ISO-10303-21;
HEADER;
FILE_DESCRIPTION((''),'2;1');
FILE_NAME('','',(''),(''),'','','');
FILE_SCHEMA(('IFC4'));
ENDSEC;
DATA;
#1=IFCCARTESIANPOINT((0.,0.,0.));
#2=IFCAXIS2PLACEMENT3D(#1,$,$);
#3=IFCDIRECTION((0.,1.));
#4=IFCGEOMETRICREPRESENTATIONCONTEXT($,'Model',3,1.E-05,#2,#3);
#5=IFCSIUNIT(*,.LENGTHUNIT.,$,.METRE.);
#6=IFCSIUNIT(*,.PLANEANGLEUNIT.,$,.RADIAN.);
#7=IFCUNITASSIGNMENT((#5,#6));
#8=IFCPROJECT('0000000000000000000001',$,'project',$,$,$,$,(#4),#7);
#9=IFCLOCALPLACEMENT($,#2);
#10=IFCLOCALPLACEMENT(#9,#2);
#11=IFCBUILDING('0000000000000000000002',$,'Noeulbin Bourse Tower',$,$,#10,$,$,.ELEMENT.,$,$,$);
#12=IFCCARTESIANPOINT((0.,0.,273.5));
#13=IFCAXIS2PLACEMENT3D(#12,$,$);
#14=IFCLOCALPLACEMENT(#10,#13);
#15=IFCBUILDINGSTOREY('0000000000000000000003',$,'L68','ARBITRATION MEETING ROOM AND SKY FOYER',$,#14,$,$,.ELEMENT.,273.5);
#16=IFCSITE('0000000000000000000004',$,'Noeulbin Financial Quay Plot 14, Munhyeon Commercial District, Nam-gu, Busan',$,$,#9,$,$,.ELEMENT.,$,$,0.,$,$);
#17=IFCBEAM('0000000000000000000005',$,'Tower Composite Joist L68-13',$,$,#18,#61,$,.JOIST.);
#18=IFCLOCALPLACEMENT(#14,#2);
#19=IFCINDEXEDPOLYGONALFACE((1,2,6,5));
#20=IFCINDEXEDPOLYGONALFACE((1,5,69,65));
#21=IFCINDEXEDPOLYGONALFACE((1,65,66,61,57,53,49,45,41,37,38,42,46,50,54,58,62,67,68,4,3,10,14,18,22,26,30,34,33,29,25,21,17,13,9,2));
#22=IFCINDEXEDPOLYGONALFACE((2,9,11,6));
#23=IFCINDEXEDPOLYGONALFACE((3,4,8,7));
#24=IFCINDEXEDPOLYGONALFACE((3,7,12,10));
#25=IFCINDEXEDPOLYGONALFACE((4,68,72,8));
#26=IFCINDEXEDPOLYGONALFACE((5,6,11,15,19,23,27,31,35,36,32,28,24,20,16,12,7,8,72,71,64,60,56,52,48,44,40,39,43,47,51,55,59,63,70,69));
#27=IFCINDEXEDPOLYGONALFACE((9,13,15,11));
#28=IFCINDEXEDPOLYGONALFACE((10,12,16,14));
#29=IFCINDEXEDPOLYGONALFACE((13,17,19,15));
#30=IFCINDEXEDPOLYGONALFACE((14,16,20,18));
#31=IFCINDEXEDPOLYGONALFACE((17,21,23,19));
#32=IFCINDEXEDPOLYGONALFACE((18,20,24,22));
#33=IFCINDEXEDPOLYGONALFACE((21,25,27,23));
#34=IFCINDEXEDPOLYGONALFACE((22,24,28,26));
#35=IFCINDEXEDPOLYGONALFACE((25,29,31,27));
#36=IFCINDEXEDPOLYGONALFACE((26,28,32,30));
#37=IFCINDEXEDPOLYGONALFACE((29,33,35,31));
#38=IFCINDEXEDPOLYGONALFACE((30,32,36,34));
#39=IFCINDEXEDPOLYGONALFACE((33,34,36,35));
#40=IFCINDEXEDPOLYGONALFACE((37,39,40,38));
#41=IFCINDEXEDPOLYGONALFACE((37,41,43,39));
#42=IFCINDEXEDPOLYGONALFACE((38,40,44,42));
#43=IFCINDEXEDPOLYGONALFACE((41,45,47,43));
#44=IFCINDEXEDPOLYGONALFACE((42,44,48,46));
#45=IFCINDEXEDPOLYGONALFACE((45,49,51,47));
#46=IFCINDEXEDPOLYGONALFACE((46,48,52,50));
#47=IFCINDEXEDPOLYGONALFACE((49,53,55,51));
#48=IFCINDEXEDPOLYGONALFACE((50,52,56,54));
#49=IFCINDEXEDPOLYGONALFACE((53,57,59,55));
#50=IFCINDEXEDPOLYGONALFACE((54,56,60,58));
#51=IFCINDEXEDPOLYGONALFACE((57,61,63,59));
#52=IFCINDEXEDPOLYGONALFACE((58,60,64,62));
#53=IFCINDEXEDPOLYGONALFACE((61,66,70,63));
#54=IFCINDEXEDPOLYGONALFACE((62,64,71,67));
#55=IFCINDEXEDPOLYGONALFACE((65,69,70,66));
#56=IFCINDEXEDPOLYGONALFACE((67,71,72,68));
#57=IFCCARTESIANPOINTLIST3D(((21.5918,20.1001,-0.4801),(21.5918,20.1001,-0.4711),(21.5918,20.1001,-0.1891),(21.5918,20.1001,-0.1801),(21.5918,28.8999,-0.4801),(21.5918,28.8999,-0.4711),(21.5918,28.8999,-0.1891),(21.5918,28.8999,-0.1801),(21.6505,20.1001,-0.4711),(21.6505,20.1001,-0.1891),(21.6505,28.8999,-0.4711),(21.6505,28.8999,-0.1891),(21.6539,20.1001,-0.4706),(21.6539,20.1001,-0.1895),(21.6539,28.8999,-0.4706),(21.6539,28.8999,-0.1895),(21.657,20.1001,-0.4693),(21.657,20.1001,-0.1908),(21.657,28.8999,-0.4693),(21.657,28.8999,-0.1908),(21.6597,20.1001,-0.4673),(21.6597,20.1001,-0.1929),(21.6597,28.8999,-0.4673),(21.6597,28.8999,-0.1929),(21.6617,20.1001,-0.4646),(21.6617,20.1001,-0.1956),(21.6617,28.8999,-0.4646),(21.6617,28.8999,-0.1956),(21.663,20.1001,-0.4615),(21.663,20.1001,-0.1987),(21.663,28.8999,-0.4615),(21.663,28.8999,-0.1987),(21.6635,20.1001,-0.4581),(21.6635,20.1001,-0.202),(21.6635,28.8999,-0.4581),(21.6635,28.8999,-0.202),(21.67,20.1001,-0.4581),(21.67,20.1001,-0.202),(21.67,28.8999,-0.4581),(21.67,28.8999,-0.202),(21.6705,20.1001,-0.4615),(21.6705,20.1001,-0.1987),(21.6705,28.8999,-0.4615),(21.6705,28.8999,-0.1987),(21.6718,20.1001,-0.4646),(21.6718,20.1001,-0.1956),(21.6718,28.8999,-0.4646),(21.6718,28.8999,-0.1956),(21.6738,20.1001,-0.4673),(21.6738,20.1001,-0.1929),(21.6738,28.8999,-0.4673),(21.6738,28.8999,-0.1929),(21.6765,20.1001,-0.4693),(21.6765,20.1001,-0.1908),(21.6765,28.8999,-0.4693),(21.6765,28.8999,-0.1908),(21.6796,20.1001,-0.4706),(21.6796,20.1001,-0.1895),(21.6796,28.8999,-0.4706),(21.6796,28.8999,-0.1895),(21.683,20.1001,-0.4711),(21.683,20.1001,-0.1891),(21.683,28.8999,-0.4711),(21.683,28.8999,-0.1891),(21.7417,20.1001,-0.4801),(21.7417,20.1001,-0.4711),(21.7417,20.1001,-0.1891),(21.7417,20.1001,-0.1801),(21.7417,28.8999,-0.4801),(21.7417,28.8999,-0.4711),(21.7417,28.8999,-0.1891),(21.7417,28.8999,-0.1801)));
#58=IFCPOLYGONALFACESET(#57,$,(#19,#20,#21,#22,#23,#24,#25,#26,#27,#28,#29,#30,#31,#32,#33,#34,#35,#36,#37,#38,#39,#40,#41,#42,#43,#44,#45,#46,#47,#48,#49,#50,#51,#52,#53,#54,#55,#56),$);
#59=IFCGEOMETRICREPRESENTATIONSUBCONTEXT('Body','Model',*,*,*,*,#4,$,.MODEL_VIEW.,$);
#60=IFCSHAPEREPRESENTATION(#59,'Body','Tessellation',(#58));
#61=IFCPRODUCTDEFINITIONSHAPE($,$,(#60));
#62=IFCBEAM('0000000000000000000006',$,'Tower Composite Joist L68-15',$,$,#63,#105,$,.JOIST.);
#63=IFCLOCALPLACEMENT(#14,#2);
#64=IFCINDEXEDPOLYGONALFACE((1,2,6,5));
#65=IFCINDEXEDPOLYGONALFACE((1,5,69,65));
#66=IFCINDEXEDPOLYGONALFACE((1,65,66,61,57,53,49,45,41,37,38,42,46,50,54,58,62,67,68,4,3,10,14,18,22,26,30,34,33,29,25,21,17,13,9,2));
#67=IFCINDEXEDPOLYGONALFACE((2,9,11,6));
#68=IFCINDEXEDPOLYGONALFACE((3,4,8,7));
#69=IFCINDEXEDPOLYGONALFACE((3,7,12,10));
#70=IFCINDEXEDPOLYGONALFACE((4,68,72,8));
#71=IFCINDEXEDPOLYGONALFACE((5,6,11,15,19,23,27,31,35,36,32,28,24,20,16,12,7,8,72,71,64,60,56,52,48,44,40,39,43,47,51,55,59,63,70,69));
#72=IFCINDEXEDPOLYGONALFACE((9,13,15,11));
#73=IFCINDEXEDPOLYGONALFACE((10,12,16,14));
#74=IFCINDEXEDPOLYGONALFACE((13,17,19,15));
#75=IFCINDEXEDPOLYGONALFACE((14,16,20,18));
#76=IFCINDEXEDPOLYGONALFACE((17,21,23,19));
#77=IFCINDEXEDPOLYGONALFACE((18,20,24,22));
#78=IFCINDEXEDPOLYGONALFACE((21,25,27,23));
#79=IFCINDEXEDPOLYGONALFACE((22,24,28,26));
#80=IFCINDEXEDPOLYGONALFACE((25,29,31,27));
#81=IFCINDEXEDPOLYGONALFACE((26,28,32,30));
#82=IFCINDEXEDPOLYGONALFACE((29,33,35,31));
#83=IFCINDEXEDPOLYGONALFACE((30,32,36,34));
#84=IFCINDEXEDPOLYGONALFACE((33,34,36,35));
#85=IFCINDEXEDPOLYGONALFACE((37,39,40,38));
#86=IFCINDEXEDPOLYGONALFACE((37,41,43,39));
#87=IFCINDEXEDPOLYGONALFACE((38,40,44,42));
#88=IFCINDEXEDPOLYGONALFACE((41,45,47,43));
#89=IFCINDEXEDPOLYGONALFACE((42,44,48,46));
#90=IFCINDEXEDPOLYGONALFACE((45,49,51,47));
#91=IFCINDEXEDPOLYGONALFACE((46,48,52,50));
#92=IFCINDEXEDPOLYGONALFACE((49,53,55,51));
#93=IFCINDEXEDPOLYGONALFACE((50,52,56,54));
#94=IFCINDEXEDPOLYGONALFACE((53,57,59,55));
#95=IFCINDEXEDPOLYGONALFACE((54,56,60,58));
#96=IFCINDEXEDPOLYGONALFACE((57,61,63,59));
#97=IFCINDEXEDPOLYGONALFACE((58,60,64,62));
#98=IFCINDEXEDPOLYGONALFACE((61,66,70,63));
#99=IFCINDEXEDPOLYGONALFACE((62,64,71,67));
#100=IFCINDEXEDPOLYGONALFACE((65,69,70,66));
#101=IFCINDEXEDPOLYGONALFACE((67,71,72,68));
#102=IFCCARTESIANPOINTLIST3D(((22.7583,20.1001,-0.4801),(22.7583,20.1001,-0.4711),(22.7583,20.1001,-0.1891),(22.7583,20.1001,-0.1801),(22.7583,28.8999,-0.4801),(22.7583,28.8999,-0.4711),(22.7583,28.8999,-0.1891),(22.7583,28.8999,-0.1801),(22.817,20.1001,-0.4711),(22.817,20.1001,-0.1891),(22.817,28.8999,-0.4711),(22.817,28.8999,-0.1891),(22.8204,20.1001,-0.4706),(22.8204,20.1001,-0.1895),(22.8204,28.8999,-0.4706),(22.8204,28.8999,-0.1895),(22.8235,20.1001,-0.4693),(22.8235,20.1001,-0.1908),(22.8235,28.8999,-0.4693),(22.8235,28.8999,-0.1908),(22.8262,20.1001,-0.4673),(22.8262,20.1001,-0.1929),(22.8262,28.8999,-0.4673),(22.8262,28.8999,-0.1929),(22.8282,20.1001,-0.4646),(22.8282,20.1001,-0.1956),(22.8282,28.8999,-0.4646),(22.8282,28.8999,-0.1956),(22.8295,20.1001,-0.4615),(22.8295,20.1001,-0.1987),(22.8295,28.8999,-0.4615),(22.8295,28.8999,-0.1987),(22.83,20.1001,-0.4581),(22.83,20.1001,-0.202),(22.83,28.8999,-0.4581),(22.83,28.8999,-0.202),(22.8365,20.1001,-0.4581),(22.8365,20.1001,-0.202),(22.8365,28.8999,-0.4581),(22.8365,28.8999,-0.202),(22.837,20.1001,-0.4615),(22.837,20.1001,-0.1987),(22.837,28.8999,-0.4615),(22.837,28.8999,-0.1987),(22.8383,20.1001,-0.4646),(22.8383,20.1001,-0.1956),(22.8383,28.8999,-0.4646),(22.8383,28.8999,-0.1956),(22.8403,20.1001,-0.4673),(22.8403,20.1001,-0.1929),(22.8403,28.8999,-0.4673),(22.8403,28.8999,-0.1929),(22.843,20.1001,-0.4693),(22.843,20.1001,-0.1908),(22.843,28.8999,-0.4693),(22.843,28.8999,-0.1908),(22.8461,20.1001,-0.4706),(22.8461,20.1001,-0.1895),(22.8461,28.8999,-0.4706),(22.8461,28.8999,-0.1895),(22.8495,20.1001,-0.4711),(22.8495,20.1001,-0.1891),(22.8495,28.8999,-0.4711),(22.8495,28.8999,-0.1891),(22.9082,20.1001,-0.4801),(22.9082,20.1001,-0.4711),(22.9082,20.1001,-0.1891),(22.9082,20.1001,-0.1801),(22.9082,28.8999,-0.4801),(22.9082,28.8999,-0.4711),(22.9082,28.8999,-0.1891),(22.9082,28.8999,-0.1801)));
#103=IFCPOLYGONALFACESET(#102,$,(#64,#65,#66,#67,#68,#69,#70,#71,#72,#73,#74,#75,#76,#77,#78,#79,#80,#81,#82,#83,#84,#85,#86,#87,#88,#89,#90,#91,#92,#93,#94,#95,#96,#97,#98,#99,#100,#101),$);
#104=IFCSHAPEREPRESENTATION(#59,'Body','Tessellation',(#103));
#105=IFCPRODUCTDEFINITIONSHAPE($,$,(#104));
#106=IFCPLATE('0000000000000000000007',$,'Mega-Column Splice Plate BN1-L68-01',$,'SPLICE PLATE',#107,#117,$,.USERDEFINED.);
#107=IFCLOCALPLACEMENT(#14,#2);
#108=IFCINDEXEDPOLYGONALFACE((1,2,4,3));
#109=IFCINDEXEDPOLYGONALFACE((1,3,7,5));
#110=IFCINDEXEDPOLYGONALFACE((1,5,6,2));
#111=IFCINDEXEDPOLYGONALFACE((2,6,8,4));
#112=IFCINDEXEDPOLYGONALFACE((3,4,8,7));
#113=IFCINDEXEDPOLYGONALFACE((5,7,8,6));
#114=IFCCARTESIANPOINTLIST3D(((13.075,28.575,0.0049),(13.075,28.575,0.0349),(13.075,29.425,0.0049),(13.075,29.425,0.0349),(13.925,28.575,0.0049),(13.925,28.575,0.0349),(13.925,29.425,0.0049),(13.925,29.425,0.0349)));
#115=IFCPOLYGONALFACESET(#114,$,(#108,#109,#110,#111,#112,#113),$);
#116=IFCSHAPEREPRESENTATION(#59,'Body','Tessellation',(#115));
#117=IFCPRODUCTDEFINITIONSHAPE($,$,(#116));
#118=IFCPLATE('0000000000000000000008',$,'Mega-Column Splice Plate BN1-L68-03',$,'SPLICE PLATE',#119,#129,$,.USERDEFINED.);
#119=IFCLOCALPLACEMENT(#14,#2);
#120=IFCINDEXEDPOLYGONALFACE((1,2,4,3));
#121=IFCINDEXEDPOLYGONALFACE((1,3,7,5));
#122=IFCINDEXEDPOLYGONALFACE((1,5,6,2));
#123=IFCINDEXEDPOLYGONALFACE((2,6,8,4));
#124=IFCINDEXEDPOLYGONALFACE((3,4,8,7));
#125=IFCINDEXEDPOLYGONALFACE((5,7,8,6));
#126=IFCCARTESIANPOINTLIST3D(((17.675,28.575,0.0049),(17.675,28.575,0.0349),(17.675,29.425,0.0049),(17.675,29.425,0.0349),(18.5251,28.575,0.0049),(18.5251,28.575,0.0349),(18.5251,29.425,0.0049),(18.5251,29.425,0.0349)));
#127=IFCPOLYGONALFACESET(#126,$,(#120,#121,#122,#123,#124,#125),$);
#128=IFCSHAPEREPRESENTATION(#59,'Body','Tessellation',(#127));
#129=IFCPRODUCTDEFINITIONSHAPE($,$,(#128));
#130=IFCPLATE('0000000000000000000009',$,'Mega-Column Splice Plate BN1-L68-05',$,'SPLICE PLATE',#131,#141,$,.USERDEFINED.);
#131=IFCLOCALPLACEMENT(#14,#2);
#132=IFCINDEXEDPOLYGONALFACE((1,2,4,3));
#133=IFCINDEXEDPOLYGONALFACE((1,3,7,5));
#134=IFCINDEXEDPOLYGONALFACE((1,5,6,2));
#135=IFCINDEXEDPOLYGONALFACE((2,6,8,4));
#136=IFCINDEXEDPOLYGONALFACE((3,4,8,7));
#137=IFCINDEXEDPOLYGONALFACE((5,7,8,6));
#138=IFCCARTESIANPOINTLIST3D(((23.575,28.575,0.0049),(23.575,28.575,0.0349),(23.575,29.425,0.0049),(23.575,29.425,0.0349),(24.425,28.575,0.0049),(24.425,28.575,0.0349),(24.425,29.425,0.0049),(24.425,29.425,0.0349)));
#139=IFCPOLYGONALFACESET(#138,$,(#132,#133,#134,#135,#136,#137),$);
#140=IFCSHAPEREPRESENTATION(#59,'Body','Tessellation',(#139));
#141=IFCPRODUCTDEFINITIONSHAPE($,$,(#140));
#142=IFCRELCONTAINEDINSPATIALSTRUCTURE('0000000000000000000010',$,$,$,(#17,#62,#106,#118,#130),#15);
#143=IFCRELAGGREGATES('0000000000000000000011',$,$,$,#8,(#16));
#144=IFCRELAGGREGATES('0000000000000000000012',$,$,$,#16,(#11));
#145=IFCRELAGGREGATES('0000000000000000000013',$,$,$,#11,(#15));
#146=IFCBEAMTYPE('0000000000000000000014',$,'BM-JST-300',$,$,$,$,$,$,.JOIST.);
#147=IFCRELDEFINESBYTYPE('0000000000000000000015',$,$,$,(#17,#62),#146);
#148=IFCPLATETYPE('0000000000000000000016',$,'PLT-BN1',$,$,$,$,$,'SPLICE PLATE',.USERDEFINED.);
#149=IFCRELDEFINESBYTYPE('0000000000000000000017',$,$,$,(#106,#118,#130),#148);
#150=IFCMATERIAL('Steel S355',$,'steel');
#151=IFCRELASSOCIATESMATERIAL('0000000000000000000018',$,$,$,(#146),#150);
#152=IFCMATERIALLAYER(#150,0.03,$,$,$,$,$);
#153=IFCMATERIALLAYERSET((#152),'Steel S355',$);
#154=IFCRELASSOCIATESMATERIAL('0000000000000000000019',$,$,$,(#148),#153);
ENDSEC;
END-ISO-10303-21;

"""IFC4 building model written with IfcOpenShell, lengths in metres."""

from ifc_helpers import new_model, si_unit, direction, frame, origin, origin_2d, place, context, subcontext, project, spatial, rectangle, i_section, extrude, material, layer, layer_set, material_profile, profile_set, type_object, element, save


model = new_model("IFC4")

# Units and contexts
model_context = context("Model", 3, precision=1e-05, world=origin(), true_north=direction((0.0, 1.0)))
body_context = subcontext(model_context, "Body", "Model", "MODEL_VIEW")
ifc_project = project(units=[si_unit("LENGTHUNIT", "METRE"), si_unit("PLANEANGLEUNIT", "RADIAN")], contexts=[model_context])

# Site, building, storey
site_placement = place(None, origin())
site = spatial("IfcSite", under=ifc_project, at=site_placement, Name="Noeulbin Financial Quay Plot 14, Munhyeon Commercial District, Nam-gu, Busan", CompositionType="ELEMENT", RefElevation=0.0)
building_placement = place(site_placement, origin())
building = spatial("IfcBuilding", under=site, at=building_placement, Name="Noeulbin Bourse Tower", CompositionType="ELEMENT")
storey_placement = place(building_placement, frame((0.0, 0.0, 273.5)))
storey = spatial("IfcBuildingStorey", under=building, at=storey_placement, Name="L68", Description="ARBITRATION MEETING ROOM AND SKY FOYER", CompositionType="ELEMENT", Elevation=273.5)

# Shared definitions
ifc_material_1 = material(Name="Steel S355", Category="steel")

# Beams
ifc_material_profile_1 = material_profile(ifc_material_1, i_section(OverallWidth=0.1499, OverallDepth=0.3, WebThickness=0.0066, FlangeThickness=0.009, FilletRadius=0.0129, at=origin_2d()), Name="H-300x150x6.5x9", Category="LoadBearing")
ifc_profile_set_1 = profile_set([ifc_material_profile_1], Name="Steel S355")
beam_type_1 = type_object("IfcBeamType", Name="BM-JST-300", PredefinedType="JOIST", material=ifc_profile_set_1)
for number, where, z_axis, x_axis, name in (
    (1, (21.6667, 20.1001, -0.3301), (0.0, 1.0, 0.0), (-1.0, 0.0, 0.0), "Tower Composite Joist L68-13"),
    (2, (22.8333, 20.1001, -0.3301), (0.0, 1.0, 0.0), (-1.0, 0.0, 0.0), "Tower Composite Joist L68-15"),
):
    element("IfcBeam", number, at=place(storey_placement, frame(where, z_axis=z_axis, x_axis=x_axis)), inside=storey, type_object=beam_type_1, Name=name, PredefinedType="JOIST", context=body_context, shape_type="SweptSolid", body=[
        extrude(i_section(OverallWidth=0.1499, OverallDepth=0.3, WebThickness=0.0066, FlangeThickness=0.009, FilletRadius=0.0129, at=origin_2d()), origin(), (0.0, 0.0, 1.0), 8.7998),
    ])

# Plates
ifc_layer_1 = layer(ifc_material_1, 0.03)
ifc_layer_set_1 = layer_set([ifc_layer_1], Name="Steel S355")
plate_type = type_object("IfcPlateType", Name="PLT-BN1", ElementType="SPLICE PLATE", PredefinedType="USERDEFINED", material=ifc_layer_set_1)
for number, where, z_axis, x_axis, name in (
    (3, (13.5, 29.0, 0.0049), (0.0, 0.0, 1.0), (1.0, 0.0, 0.0), "Mega-Column Splice Plate BN1-L68-01"),
    (4, (18.1001, 29.0, 0.0049), (0.0, 0.0, 1.0), (1.0, 0.0, 0.0), "Mega-Column Splice Plate BN1-L68-03"),
    (5, (24.0, 29.0, 0.0049), (0.0, 0.0, 1.0), (1.0, 0.0, 0.0), "Mega-Column Splice Plate BN1-L68-05"),
):
    element("IfcPlate", number, at=place(storey_placement, frame(where, z_axis=z_axis, x_axis=x_axis)), inside=storey, type_object=plate_type, Name=name, ObjectType="SPLICE PLATE", PredefinedType="USERDEFINED", context=body_context, shape_type="SweptSolid", body=[
        extrude(rectangle(XDim=0.8501, YDim=0.8501, at=origin_2d()), origin(), (0.0, 0.0, 1.0), 0.03),
    ])

save(model, "model.ifc")
